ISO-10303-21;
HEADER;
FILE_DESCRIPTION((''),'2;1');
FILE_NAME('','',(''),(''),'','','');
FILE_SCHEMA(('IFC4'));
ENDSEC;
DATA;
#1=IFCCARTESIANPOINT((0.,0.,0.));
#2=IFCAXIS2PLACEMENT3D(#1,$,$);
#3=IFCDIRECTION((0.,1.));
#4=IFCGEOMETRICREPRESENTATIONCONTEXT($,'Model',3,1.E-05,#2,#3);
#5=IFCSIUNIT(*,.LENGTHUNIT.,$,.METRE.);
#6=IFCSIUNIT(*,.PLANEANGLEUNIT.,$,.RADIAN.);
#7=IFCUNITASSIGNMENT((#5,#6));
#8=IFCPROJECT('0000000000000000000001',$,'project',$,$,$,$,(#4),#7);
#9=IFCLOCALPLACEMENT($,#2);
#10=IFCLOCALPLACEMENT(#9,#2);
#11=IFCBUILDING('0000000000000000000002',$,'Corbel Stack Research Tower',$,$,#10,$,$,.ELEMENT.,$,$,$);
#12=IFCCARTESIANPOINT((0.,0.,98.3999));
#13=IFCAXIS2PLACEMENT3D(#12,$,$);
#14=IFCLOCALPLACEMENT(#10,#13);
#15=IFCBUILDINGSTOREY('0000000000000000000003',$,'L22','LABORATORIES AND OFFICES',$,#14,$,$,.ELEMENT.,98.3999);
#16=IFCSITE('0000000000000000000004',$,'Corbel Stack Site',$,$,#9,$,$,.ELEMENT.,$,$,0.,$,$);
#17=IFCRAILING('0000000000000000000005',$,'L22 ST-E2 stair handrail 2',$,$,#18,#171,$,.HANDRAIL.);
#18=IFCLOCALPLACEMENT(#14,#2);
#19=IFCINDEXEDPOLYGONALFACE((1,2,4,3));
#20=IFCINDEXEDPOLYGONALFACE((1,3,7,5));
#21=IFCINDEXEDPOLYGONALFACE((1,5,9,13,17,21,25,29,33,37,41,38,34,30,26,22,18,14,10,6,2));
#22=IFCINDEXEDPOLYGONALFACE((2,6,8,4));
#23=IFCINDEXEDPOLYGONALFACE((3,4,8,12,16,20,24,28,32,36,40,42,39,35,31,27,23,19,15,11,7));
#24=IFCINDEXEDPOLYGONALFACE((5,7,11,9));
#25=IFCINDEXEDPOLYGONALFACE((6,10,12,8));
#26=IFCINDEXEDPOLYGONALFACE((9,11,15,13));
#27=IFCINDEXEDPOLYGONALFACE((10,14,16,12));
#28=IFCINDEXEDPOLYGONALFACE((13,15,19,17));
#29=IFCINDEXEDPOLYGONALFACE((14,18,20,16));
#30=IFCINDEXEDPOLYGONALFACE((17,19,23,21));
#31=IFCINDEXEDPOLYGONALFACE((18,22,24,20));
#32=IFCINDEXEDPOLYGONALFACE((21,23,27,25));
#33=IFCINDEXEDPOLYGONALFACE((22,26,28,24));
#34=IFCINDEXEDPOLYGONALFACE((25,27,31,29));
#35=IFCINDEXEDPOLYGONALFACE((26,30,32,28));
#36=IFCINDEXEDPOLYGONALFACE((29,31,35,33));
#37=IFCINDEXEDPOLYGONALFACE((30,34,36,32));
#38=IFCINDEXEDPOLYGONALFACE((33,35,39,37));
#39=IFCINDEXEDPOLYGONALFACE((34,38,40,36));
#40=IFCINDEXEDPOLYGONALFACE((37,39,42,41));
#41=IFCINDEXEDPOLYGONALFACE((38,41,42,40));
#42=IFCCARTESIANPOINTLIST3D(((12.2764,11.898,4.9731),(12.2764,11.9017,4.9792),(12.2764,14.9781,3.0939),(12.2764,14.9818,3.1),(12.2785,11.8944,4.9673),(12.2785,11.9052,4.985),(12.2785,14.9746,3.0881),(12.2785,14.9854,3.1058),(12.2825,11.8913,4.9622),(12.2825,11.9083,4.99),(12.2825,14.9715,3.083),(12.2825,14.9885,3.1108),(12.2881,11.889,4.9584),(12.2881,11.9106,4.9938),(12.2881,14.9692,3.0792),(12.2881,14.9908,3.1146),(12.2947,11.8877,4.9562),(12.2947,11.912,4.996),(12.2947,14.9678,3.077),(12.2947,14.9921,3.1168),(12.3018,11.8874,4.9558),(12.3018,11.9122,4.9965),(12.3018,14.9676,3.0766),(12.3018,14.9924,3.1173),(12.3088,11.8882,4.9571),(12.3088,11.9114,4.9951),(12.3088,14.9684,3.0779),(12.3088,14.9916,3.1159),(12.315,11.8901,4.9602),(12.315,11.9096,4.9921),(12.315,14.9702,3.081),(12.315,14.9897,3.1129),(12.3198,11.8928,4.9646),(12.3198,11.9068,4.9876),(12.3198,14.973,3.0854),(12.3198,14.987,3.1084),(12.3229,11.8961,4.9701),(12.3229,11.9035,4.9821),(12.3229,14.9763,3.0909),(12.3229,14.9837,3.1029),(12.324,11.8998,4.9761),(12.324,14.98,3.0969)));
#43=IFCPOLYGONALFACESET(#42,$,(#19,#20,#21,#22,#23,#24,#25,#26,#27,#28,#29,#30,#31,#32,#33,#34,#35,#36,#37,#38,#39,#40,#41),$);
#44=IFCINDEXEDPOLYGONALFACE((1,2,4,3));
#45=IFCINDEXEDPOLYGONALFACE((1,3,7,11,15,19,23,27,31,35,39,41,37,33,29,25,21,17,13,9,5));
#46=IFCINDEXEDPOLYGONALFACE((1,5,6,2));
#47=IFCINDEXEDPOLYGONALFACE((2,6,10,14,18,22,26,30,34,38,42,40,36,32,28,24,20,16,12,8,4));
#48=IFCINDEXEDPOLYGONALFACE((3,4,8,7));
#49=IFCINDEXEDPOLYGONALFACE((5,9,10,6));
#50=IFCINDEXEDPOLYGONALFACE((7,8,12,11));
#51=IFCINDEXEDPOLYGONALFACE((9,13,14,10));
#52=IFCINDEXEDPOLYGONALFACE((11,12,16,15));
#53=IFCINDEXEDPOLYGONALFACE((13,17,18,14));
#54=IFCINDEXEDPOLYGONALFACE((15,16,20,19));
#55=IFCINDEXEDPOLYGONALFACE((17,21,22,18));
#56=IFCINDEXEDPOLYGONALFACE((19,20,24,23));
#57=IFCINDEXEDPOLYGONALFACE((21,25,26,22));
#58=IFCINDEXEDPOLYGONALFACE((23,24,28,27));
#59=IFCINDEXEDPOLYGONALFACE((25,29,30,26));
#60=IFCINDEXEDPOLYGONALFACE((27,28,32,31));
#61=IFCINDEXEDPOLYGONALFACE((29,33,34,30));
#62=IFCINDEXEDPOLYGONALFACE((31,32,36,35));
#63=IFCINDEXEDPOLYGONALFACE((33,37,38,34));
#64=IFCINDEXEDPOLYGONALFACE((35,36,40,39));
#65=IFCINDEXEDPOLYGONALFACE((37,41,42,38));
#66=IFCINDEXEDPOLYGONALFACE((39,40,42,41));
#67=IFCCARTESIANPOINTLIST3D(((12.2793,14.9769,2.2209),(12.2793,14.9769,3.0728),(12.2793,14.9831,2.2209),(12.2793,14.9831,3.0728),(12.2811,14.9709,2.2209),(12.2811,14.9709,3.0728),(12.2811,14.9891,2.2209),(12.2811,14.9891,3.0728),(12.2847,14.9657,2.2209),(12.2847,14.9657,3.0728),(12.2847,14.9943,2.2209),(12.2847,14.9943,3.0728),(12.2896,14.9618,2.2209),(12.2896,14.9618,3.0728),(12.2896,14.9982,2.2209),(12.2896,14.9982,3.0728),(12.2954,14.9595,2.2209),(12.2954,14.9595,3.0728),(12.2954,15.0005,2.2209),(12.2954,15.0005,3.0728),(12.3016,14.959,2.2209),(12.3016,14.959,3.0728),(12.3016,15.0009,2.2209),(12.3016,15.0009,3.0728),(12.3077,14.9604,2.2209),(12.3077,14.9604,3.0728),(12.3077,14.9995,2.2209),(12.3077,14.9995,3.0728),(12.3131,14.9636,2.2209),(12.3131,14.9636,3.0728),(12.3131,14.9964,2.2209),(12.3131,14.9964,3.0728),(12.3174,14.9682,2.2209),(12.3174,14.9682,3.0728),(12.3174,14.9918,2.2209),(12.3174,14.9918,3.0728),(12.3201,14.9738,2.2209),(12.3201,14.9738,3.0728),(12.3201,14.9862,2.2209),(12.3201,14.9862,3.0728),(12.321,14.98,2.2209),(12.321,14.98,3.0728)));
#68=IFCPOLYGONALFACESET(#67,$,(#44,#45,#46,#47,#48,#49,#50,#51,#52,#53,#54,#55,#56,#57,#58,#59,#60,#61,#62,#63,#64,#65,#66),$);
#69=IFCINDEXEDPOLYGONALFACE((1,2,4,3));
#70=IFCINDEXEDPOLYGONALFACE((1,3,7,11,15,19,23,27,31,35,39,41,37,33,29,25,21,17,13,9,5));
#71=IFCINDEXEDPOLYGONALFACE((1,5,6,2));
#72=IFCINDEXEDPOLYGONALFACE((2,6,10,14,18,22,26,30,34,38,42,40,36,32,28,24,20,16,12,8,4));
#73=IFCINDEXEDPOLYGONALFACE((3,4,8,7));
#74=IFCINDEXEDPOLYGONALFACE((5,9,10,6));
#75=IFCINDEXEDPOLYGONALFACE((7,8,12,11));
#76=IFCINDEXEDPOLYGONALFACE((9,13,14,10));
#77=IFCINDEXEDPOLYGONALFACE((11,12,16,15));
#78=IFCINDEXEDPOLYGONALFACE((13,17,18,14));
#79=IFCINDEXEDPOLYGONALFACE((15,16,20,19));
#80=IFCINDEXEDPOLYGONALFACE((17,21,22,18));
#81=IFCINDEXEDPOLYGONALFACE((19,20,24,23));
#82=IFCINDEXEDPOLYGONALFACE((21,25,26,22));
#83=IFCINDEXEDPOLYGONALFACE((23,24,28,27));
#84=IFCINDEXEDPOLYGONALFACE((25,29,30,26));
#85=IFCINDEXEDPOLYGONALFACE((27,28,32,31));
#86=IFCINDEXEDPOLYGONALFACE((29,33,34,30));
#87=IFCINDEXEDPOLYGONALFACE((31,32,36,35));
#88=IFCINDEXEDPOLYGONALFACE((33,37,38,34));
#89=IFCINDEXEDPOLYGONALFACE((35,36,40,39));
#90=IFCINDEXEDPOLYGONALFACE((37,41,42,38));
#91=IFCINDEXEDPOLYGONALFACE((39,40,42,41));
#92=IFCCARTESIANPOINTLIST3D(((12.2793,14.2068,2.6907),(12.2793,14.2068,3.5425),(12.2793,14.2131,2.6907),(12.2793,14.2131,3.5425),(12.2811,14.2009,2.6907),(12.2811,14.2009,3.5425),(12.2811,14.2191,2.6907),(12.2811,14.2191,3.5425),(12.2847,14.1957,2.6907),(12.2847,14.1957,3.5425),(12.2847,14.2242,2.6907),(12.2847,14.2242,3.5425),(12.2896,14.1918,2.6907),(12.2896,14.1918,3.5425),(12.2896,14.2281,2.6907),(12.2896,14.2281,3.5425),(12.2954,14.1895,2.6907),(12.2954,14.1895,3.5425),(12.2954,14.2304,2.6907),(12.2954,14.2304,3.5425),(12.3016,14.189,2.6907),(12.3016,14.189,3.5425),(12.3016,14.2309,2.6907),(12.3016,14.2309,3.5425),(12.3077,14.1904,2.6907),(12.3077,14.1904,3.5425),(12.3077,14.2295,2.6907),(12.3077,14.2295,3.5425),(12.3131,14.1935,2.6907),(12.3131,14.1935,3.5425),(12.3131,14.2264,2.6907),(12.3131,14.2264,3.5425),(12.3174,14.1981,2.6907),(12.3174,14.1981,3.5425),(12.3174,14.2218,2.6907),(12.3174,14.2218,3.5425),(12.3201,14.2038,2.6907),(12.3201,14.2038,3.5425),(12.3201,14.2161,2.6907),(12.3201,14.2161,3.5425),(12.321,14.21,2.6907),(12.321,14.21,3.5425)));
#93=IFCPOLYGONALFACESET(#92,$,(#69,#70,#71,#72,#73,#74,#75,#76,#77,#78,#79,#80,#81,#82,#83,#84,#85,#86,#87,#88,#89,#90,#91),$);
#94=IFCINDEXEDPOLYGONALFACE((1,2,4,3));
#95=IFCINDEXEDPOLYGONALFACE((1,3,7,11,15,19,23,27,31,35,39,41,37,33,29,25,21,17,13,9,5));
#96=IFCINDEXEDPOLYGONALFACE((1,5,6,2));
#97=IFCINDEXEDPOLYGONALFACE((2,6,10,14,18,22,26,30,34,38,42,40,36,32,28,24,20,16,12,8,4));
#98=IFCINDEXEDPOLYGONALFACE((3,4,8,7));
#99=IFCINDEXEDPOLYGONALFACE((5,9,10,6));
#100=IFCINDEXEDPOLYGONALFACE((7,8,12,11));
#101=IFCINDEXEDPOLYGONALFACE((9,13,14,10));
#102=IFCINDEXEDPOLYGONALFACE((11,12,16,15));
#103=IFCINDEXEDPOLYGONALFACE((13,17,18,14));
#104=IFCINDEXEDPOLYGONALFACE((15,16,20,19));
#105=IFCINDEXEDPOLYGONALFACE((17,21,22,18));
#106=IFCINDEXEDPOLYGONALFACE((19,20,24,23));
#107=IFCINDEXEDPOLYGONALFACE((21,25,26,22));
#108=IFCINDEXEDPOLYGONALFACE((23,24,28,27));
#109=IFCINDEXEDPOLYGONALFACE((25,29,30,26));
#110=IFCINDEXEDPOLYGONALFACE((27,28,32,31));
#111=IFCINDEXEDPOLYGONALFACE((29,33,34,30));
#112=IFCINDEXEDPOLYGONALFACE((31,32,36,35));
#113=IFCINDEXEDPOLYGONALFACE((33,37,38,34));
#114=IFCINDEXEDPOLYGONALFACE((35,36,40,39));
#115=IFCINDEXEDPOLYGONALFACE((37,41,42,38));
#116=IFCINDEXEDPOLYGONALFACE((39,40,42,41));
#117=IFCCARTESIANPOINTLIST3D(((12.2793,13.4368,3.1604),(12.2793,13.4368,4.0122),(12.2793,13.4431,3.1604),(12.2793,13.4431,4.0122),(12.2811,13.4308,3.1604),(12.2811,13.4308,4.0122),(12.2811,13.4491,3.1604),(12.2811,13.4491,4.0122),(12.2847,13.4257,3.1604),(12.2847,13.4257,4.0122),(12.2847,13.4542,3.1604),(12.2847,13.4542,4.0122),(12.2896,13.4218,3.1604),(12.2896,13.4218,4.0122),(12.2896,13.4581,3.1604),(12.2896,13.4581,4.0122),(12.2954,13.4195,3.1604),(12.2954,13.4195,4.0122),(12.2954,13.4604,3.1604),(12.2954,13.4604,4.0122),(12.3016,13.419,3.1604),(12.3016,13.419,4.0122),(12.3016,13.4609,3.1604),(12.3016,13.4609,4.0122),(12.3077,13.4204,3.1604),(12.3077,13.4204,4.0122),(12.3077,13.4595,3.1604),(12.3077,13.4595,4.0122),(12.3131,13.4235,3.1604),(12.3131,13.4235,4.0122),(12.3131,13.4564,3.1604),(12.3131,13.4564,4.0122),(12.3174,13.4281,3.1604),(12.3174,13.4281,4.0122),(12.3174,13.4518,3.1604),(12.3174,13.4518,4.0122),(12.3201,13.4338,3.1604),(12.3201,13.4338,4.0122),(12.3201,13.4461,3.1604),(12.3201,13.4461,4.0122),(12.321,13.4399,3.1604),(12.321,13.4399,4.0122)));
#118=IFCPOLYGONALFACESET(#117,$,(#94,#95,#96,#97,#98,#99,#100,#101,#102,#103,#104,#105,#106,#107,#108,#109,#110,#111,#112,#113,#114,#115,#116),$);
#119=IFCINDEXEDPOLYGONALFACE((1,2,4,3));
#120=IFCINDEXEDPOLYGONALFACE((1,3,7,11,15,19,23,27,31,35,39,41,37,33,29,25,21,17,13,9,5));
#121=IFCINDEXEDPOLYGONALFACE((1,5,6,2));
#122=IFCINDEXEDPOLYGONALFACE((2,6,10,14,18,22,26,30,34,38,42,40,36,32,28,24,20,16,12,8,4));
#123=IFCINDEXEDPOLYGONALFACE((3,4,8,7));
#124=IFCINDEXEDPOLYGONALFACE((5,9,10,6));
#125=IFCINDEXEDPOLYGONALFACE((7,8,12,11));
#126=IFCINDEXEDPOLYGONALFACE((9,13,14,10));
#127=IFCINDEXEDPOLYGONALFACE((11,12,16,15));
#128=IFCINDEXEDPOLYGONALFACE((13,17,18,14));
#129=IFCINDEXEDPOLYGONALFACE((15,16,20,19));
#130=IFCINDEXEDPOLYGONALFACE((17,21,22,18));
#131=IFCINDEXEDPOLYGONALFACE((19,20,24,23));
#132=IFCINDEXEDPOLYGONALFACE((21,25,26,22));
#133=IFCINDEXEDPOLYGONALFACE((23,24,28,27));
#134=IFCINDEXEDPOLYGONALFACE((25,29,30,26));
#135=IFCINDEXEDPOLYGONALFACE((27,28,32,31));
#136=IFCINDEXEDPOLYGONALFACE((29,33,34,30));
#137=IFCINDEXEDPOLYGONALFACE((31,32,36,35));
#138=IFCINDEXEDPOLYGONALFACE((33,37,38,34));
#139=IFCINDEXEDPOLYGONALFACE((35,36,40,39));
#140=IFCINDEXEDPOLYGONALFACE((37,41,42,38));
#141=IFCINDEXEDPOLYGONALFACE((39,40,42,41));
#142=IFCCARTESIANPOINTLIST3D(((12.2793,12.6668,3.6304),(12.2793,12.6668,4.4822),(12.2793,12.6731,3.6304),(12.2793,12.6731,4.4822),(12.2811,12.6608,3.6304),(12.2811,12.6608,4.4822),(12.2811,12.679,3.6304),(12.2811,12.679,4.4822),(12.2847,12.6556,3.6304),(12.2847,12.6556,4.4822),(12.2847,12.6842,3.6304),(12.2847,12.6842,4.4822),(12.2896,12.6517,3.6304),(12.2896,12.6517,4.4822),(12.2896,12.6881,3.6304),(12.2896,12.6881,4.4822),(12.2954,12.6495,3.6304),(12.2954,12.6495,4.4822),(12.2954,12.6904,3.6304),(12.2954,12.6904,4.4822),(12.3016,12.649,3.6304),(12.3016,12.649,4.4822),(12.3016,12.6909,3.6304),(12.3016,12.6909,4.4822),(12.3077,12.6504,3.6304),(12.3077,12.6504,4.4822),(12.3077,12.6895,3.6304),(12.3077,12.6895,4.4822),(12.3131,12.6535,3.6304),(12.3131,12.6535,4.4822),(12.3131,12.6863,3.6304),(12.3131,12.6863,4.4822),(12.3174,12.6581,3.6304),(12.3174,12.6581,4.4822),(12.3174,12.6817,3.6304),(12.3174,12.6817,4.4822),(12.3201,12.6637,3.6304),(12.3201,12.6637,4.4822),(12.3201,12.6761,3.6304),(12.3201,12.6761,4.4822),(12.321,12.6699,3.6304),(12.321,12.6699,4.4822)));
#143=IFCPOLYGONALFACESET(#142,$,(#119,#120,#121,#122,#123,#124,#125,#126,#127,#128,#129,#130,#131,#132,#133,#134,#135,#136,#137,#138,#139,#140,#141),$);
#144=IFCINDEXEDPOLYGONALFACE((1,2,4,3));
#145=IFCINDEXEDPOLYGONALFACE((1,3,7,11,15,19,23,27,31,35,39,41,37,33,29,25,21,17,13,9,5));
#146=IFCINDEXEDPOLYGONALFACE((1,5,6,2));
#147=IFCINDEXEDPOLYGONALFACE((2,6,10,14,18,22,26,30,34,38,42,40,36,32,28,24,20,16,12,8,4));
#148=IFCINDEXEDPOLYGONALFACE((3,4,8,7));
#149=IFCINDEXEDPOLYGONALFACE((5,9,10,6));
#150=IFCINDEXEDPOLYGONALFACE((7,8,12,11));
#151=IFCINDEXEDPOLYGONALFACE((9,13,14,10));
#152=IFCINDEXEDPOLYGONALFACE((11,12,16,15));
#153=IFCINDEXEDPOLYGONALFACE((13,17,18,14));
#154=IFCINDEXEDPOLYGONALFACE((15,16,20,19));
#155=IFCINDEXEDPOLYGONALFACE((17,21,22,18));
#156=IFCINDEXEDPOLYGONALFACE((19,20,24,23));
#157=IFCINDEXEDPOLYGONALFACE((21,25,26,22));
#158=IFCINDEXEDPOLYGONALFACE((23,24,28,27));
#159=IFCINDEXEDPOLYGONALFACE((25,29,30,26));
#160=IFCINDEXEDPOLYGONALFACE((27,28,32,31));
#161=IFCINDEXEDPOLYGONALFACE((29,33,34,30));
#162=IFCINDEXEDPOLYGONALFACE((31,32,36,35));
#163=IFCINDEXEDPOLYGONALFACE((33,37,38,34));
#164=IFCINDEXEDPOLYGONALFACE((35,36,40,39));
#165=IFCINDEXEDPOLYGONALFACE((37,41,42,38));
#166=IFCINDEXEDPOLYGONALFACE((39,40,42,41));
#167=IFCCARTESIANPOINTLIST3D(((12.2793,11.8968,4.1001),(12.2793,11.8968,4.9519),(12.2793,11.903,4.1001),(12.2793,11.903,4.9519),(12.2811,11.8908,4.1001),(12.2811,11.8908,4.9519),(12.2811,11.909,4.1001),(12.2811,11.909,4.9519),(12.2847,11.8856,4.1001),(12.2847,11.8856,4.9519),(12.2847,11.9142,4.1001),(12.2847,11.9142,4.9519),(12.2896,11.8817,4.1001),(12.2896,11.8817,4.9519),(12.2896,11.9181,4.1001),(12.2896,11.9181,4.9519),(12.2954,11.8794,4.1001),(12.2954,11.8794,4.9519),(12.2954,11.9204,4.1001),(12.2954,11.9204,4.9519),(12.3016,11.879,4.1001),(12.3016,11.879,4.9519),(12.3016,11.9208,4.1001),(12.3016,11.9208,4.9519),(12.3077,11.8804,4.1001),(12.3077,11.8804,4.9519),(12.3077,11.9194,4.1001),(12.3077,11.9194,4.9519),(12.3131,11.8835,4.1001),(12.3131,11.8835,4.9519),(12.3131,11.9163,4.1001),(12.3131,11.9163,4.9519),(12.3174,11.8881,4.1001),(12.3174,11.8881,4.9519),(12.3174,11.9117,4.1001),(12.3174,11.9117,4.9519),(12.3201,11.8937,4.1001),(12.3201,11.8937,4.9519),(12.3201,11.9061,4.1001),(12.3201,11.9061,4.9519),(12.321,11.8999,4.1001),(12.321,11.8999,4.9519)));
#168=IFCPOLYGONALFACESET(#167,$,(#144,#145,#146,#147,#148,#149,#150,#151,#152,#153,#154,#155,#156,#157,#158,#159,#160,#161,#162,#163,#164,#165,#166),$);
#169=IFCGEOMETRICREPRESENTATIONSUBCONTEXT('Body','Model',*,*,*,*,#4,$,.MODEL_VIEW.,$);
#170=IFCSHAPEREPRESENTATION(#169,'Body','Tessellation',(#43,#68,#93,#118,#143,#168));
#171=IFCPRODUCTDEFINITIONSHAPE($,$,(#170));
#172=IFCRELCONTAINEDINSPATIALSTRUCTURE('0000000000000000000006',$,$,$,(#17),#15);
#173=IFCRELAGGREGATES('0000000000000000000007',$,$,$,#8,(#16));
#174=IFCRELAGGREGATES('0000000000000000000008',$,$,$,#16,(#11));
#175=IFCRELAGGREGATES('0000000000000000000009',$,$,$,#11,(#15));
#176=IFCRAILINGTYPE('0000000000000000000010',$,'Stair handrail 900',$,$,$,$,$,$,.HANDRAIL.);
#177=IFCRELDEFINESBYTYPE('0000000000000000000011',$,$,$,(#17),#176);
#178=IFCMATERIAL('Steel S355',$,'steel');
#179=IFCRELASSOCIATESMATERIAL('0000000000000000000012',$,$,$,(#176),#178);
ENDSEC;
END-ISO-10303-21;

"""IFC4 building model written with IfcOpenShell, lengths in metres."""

from ifc_helpers import new_model, si_unit, direction, frame, origin, origin_2d, place, context, subcontext, project, spatial, circle, extrude, material, type_object, element, save


model = new_model("IFC4")

# Units and contexts
model_context = context("Model", 3, precision=1e-05, world=origin(), true_north=direction((0.0, 1.0)))
body_context = subcontext(model_context, "Body", "Model", "MODEL_VIEW")
ifc_project = project(units=[si_unit("LENGTHUNIT", "METRE"), si_unit("PLANEANGLEUNIT", "RADIAN")], contexts=[model_context])

# Site, building, storey
site_placement = place(None, origin())
site = spatial("IfcSite", under=ifc_project, at=site_placement, Name="Corbel Stack Site", CompositionType="ELEMENT", RefElevation=0.0)
building_placement = place(site_placement, origin())
building = spatial("IfcBuilding", under=site, at=building_placement, Name="Corbel Stack Research Tower", CompositionType="ELEMENT")
storey_placement = place(building_placement, frame((0.0, 0.0, 98.3999)))
storey = spatial("IfcBuildingStorey", under=building, at=storey_placement, Name="L22", Description="LABORATORIES AND OFFICES", CompositionType="ELEMENT", Elevation=98.3999)

# Railing
ifc_material_1 = material(Name="Steel S355", Category="steel")
railing_type_1 = type_object("IfcRailingType", Name="Stair handrail 900", PredefinedType="HANDRAIL", material=ifc_material_1)
railing_1_placement = place(storey_placement, frame((12.3, 14.98, 2.2209)))
element("IfcRailing", 1, at=railing_1_placement, inside=storey, type_object=railing_type_1, Name="L22 ST-E2 stair handrail 2", PredefinedType="HANDRAIL", context=body_context, shape_type="SweptSolid", body=[
    extrude(circle(Radius=0.0239, at=origin_2d()), frame((0.0, 0.0, 0.876), z_axis=(0.0, -0.853666, 0.52082), x_axis=(1.0, 0.0, 0.0)), (0.0, 0.0, 1.0), 3.6082),
    extrude(circle(Radius=0.021, at=origin_2d()), origin(), (0.0, 0.0, 1.0), 0.8518),
    extrude(circle(Radius=0.021, at=origin_2d()), frame((0.0, -0.77, 0.4697)), (0.0, 0.0, 1.0), 0.8518),
    extrude(circle(Radius=0.021, at=origin_2d()), frame((0.0, -1.54, 0.9395)), (0.0, 0.0, 1.0), 0.8518),
    extrude(circle(Radius=0.021, at=origin_2d()), frame((0.0, -2.3101, 1.4094)), (0.0, 0.0, 1.0), 0.8518),
    extrude(circle(Radius=0.021, at=origin_2d()), frame((0.0, -3.0801, 1.8792)), (0.0, 0.0, 1.0), 0.8518),
])

save(model, "model.ifc")
